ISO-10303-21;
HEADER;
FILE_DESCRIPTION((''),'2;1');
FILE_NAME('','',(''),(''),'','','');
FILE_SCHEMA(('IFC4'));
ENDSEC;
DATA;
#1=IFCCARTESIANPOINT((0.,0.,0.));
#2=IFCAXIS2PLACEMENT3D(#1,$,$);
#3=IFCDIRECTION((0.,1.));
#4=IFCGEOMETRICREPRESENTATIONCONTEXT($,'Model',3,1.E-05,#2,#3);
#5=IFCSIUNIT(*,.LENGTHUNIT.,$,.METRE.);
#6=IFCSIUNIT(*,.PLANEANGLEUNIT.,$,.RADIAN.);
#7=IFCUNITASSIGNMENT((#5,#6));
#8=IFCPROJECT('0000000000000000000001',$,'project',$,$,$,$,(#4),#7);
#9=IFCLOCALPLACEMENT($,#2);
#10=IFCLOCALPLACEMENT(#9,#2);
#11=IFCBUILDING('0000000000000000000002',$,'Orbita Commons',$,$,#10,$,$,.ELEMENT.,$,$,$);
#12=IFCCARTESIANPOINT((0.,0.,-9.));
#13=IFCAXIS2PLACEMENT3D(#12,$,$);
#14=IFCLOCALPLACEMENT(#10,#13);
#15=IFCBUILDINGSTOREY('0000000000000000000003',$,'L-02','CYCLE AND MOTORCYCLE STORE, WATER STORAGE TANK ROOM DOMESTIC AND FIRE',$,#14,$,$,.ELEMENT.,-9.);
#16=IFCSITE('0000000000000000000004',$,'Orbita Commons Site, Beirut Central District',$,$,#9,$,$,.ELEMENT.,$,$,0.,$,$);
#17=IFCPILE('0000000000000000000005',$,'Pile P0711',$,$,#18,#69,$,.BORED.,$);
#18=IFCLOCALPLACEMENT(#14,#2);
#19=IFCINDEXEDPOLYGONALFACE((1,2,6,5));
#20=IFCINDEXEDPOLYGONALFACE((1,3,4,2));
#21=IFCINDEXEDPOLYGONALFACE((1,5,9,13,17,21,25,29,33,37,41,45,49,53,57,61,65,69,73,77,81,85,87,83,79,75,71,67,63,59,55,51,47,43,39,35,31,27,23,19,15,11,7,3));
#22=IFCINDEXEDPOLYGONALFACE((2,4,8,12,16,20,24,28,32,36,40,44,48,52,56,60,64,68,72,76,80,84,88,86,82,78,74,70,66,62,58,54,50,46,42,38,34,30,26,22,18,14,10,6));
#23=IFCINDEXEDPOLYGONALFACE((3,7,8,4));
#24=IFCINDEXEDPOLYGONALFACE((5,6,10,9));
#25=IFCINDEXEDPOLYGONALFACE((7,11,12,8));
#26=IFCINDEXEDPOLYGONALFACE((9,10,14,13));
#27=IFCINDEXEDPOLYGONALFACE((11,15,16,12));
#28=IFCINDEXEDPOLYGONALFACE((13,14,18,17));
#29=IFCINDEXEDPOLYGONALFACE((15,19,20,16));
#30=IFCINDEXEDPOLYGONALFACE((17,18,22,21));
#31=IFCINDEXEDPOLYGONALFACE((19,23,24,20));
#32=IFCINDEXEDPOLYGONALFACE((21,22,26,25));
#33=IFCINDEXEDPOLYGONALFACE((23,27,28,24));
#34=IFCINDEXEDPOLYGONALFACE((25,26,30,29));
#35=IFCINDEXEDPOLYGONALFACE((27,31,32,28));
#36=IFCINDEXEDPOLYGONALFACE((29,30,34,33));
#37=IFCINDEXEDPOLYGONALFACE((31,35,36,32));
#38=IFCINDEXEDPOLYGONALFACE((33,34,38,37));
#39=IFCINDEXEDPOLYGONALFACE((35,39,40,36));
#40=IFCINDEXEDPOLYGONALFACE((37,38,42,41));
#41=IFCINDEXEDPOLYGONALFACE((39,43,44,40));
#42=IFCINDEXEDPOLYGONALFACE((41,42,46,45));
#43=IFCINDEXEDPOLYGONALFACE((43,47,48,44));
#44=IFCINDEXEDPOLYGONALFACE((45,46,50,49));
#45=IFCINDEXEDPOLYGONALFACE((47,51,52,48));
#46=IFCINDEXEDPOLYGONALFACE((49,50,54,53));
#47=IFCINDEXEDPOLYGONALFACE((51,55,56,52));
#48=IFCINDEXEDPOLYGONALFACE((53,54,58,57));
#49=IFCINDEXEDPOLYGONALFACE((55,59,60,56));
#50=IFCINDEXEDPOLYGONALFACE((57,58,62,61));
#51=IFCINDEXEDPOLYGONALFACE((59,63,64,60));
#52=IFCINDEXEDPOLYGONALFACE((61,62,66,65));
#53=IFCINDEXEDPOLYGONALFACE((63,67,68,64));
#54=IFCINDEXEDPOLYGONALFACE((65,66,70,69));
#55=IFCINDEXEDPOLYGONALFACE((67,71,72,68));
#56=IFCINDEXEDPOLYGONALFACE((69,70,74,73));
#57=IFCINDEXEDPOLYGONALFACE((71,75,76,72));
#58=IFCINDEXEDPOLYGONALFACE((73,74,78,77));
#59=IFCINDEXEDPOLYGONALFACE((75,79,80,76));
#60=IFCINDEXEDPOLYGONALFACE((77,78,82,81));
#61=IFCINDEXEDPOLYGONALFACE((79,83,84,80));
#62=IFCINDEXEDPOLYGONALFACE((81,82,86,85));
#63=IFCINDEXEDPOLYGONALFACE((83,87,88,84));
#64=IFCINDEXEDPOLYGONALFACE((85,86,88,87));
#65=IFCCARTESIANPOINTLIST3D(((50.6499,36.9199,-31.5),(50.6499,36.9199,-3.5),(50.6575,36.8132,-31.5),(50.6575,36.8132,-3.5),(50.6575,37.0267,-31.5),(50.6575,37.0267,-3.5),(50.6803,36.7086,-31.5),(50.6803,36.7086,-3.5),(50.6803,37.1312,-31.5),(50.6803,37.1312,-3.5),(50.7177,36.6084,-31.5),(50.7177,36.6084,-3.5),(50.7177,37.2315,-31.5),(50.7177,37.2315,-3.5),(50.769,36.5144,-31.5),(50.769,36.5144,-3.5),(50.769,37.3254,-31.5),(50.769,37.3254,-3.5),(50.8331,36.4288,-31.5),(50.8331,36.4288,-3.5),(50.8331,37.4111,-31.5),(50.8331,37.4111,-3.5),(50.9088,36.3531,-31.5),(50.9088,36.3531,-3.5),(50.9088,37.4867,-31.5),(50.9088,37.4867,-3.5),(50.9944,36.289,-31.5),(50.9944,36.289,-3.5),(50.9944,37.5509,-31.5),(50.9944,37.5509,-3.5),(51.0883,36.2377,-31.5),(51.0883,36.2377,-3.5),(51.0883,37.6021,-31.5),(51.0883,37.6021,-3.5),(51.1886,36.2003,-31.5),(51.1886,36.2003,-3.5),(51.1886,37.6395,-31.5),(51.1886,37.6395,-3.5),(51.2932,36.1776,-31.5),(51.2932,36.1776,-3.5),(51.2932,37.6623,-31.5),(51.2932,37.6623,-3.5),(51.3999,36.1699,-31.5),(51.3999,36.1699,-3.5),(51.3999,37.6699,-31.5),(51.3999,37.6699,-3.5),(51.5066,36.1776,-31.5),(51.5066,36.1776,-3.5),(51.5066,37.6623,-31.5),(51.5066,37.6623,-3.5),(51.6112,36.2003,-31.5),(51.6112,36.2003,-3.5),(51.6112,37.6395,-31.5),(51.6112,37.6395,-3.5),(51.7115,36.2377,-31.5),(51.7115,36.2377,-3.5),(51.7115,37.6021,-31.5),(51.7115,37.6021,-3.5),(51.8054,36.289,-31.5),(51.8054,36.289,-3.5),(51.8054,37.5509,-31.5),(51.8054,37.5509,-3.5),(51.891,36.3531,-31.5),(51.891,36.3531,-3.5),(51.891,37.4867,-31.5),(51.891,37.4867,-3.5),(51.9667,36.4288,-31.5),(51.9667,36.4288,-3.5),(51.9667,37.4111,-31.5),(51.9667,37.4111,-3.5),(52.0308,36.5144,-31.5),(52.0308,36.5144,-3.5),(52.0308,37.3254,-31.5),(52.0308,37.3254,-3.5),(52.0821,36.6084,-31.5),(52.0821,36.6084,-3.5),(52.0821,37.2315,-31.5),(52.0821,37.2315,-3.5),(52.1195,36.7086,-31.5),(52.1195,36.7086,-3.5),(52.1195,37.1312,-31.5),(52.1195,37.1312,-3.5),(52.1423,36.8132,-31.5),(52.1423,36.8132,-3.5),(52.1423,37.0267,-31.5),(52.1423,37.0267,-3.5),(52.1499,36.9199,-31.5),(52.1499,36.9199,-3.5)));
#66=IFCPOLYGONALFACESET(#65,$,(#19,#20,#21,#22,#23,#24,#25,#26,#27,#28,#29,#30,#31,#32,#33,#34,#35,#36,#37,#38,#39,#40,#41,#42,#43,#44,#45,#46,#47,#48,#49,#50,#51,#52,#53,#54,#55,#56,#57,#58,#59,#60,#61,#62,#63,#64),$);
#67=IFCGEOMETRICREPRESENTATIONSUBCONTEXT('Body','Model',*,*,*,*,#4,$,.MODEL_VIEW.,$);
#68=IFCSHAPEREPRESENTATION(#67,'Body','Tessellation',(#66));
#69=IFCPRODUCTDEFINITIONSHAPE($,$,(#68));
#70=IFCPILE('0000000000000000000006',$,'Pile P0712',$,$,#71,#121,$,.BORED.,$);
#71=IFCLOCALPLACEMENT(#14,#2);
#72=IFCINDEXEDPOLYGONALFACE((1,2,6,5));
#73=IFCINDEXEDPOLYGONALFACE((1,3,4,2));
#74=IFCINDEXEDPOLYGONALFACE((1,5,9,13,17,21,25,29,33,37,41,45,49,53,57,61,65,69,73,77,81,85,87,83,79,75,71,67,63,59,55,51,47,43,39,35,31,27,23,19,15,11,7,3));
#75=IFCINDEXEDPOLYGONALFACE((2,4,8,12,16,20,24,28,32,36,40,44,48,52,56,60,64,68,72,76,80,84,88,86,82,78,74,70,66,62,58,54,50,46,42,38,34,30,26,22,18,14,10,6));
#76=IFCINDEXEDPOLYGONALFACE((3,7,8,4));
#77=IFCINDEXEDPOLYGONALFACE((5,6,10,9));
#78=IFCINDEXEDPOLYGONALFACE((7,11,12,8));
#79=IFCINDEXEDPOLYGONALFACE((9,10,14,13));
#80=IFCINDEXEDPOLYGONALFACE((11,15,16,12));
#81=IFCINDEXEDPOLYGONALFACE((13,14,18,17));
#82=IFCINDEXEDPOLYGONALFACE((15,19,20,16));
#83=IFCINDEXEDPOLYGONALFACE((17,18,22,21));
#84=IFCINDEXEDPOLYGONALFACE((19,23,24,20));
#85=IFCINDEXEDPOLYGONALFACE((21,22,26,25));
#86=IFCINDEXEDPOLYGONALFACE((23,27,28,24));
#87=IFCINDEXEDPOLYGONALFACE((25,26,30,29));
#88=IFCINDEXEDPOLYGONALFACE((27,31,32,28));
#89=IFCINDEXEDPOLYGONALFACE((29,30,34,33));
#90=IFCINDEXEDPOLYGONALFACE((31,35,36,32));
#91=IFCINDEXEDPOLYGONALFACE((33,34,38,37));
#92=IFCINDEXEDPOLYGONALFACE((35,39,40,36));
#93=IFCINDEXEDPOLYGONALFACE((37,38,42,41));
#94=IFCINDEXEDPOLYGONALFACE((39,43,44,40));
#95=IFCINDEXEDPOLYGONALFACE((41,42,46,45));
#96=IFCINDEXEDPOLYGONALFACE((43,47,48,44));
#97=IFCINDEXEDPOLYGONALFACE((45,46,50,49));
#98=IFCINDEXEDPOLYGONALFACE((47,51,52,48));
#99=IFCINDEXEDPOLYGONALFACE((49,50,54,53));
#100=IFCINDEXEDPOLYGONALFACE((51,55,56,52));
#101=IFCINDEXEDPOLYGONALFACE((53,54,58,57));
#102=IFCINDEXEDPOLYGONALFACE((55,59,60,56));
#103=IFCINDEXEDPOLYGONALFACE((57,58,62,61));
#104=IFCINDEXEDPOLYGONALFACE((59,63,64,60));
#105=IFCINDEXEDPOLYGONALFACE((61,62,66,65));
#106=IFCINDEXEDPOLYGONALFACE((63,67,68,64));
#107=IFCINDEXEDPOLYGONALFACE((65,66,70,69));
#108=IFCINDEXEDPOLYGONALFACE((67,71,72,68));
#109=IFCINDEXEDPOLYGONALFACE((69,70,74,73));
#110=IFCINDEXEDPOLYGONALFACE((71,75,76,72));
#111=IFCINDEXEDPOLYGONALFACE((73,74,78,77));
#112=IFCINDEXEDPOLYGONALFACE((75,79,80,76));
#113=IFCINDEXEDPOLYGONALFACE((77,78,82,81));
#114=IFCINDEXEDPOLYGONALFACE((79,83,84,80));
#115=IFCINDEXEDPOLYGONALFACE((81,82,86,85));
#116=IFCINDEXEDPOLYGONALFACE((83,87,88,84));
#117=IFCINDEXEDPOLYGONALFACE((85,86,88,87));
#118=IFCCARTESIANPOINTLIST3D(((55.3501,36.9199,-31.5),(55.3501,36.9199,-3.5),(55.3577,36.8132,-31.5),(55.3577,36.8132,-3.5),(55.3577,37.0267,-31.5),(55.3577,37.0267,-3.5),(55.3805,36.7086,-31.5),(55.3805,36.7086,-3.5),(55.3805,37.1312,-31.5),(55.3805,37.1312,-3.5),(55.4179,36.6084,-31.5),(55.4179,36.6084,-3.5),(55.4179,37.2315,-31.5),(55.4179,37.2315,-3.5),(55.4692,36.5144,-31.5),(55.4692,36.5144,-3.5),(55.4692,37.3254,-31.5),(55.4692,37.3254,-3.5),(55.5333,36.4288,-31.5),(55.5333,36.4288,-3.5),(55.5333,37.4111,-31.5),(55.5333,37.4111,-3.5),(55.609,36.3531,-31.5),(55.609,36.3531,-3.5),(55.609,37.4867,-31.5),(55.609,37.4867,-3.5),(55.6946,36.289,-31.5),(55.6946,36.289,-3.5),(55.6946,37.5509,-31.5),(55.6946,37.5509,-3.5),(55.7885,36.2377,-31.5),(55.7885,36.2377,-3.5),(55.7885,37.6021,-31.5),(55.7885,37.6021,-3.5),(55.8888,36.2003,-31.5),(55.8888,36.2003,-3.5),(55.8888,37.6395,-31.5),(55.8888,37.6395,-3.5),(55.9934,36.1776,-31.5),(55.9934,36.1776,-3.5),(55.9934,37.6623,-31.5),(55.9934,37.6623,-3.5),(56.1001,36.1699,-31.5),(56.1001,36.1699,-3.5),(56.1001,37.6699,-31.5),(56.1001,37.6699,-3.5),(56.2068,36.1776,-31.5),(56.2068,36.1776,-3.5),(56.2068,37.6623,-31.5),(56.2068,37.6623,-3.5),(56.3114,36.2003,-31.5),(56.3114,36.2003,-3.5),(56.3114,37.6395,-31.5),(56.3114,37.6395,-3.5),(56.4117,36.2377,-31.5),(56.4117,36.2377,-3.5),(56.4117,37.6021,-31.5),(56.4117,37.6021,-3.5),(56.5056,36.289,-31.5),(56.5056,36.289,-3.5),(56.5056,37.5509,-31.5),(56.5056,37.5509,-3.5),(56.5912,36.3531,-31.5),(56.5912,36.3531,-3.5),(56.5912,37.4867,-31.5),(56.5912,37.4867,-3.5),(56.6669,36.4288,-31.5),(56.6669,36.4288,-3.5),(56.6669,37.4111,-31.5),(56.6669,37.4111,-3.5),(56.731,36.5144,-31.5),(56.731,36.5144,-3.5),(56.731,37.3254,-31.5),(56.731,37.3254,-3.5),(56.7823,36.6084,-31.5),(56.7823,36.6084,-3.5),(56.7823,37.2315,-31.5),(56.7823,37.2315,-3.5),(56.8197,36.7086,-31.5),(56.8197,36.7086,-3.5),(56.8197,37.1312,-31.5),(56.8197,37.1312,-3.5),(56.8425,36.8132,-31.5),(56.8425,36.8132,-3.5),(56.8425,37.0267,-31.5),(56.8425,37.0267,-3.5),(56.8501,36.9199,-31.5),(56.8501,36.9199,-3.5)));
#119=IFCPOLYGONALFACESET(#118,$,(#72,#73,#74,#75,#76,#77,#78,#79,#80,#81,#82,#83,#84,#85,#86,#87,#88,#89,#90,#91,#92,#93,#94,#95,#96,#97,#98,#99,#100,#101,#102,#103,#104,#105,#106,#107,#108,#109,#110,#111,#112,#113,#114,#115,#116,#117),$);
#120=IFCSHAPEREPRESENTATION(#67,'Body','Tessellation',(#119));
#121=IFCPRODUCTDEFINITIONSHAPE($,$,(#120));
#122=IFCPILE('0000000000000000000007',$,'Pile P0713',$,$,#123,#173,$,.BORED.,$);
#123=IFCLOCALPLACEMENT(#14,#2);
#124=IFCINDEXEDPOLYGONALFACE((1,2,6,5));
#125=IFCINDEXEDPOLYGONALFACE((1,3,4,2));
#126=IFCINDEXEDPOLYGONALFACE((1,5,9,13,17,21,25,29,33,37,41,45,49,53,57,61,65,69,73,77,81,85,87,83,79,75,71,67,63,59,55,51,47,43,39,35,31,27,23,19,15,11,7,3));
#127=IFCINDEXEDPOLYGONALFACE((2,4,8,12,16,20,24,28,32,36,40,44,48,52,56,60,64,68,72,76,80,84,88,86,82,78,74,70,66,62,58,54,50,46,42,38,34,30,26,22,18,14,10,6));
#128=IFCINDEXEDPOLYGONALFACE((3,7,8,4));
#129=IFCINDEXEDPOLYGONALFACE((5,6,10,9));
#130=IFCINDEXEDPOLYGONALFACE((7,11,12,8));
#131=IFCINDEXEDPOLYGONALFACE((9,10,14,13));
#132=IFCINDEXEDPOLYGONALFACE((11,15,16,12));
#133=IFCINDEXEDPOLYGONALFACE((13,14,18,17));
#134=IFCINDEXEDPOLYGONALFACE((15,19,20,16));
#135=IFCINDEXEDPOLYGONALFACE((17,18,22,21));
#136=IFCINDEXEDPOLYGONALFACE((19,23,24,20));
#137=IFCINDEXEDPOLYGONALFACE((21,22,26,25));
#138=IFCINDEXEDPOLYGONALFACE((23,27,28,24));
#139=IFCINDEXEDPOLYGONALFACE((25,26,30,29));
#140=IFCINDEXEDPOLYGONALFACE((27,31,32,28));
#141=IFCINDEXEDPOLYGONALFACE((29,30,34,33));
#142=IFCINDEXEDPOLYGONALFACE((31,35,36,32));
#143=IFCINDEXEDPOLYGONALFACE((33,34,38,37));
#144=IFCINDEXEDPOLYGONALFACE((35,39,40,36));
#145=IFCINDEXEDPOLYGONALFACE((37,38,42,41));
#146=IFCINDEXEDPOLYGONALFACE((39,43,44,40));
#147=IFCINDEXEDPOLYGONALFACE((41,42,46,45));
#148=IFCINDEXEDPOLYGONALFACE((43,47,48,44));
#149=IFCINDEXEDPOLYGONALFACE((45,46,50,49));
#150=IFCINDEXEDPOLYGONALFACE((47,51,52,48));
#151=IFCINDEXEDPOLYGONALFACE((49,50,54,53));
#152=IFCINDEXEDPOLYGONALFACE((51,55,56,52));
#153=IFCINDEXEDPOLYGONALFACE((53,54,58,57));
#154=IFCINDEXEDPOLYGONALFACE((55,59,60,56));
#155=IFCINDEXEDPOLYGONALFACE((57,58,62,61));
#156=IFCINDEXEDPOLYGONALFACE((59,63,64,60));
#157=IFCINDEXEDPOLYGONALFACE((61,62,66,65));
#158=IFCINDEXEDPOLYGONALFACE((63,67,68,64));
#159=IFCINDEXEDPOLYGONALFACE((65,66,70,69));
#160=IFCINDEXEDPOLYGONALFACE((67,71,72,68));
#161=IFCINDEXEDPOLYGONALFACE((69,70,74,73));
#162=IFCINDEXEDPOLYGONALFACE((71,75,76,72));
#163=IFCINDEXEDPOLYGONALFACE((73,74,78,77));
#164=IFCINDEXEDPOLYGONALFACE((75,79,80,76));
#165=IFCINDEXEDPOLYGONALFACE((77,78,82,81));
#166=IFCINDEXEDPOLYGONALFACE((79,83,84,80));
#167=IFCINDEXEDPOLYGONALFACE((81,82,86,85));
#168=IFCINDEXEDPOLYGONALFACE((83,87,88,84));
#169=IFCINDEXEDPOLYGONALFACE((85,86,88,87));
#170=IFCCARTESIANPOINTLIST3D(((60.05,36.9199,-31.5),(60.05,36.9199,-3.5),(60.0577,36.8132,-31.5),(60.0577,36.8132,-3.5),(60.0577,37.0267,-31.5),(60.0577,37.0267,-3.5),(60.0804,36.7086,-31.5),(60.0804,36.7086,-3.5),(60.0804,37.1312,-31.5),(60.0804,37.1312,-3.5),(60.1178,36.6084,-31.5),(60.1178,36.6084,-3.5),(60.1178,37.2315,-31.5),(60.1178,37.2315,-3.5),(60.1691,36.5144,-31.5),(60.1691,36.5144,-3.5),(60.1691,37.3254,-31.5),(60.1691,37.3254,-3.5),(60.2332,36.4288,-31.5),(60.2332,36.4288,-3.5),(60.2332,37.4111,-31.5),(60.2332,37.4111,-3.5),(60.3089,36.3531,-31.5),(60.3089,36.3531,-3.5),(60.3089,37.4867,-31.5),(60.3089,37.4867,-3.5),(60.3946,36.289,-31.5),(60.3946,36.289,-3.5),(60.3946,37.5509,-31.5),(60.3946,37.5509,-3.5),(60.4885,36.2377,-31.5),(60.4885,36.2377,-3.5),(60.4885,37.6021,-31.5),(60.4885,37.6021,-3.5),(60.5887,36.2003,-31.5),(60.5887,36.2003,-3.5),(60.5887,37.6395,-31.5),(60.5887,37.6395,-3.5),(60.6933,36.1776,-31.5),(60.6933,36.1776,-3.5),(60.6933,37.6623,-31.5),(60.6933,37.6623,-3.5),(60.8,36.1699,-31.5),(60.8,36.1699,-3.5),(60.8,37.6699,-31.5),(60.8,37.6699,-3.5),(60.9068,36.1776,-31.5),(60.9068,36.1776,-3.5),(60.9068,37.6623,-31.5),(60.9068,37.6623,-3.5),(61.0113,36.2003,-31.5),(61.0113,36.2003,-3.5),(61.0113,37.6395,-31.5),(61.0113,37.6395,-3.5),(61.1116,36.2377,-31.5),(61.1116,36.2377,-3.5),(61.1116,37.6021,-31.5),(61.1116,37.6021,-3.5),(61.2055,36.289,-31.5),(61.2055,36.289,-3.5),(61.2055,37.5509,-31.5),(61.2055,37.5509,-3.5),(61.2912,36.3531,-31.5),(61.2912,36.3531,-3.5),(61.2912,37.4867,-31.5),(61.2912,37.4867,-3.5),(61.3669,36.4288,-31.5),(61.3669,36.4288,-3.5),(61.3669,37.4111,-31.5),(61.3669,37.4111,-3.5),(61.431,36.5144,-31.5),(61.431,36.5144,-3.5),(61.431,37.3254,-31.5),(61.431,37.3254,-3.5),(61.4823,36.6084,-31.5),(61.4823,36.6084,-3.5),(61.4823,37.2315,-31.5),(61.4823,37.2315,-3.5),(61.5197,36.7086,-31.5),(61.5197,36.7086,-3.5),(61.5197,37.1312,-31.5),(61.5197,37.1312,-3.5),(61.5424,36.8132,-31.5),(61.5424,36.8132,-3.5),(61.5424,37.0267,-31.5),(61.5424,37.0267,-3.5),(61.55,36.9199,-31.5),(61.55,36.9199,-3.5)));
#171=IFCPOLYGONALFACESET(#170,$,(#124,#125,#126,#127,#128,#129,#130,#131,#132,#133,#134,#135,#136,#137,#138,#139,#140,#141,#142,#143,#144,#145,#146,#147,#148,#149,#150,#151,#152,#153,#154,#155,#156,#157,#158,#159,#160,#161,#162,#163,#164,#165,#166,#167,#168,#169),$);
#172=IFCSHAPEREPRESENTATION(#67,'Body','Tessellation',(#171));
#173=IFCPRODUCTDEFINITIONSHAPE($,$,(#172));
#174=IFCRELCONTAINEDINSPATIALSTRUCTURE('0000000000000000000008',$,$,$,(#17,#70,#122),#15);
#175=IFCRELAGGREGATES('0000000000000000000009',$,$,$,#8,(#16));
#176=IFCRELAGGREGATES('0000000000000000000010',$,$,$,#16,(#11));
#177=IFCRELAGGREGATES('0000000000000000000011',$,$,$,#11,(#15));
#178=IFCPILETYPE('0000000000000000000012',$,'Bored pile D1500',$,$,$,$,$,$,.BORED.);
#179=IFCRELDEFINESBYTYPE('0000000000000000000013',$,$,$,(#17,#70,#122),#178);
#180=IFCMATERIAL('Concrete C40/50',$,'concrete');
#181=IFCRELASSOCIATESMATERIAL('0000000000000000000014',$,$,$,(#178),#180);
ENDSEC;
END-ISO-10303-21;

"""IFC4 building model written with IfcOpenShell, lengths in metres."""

from ifc_helpers import new_model, si_unit, direction, frame, origin, origin_2d, place, context, subcontext, project, spatial, circle, extrude, material, material_profile, profile_set, type_object, element, save


model = new_model("IFC4")

# Units and contexts
model_context = context("Model", 3, precision=1e-05, world=origin(), true_north=direction((0.0, 1.0)))
body_context = subcontext(model_context, "Body", "Model", "MODEL_VIEW")
ifc_project = project(units=[si_unit("LENGTHUNIT", "METRE"), si_unit("PLANEANGLEUNIT", "RADIAN")], contexts=[model_context])

# Site, building, storey
site_placement = place(None, origin())
site = spatial("IfcSite", under=ifc_project, at=site_placement, Name="Orbita Commons Site, Beirut Central District", CompositionType="ELEMENT", RefElevation=0.0)
building_placement = place(site_placement, origin())
building = spatial("IfcBuilding", under=site, at=building_placement, Name="Orbita Commons", CompositionType="ELEMENT")
storey_placement = place(building_placement, frame((0.0, 0.0, -9.0)))
storey = spatial("IfcBuildingStorey", under=building, at=storey_placement, Name="L-02", Description="CYCLE AND MOTORCYCLE STORE, WATER STORAGE TANK ROOM DOMESTIC AND FIRE", CompositionType="ELEMENT", Elevation=-9.0)

# Piles
ifc_material_1 = material(Name="Concrete C40/50", Category="concrete")
ifc_material_profile = material_profile(ifc_material_1, circle(Radius=0.75, at=origin_2d()), Name="RC D1500")
ifc_profile_set = profile_set([ifc_material_profile], Name="Concrete C40/50")
pile_type = type_object("IfcPileType", Name="Bored pile D1500", PredefinedType="BORED", material=ifc_profile_set)
for number, where, z_axis, x_axis, name in (
    (1, (51.3999, 36.9199, -3.5), (0.0, 0.0, -1.0), (1.0, 0.0, 0.0), "Pile P0711"),
    (2, (56.1001, 36.9199, -3.5), (0.0, 0.0, -1.0), (1.0, 0.0, 0.0), "Pile P0712"),
    (3, (60.8, 36.9199, -3.5), (0.0, 0.0, -1.0), (1.0, 0.0, 0.0), "Pile P0713"),
):
    element("IfcPile", number, at=place(storey_placement, frame(where, z_axis=z_axis, x_axis=x_axis)), inside=storey, type_object=pile_type, Name=name, PredefinedType="BORED", context=body_context, shape_type="SweptSolid", body=[
        extrude(circle(Radius=0.75, at=origin_2d()), origin(), (0.0, 0.0, 1.0), 28.0),
    ])

save(model, "model.ifc")
